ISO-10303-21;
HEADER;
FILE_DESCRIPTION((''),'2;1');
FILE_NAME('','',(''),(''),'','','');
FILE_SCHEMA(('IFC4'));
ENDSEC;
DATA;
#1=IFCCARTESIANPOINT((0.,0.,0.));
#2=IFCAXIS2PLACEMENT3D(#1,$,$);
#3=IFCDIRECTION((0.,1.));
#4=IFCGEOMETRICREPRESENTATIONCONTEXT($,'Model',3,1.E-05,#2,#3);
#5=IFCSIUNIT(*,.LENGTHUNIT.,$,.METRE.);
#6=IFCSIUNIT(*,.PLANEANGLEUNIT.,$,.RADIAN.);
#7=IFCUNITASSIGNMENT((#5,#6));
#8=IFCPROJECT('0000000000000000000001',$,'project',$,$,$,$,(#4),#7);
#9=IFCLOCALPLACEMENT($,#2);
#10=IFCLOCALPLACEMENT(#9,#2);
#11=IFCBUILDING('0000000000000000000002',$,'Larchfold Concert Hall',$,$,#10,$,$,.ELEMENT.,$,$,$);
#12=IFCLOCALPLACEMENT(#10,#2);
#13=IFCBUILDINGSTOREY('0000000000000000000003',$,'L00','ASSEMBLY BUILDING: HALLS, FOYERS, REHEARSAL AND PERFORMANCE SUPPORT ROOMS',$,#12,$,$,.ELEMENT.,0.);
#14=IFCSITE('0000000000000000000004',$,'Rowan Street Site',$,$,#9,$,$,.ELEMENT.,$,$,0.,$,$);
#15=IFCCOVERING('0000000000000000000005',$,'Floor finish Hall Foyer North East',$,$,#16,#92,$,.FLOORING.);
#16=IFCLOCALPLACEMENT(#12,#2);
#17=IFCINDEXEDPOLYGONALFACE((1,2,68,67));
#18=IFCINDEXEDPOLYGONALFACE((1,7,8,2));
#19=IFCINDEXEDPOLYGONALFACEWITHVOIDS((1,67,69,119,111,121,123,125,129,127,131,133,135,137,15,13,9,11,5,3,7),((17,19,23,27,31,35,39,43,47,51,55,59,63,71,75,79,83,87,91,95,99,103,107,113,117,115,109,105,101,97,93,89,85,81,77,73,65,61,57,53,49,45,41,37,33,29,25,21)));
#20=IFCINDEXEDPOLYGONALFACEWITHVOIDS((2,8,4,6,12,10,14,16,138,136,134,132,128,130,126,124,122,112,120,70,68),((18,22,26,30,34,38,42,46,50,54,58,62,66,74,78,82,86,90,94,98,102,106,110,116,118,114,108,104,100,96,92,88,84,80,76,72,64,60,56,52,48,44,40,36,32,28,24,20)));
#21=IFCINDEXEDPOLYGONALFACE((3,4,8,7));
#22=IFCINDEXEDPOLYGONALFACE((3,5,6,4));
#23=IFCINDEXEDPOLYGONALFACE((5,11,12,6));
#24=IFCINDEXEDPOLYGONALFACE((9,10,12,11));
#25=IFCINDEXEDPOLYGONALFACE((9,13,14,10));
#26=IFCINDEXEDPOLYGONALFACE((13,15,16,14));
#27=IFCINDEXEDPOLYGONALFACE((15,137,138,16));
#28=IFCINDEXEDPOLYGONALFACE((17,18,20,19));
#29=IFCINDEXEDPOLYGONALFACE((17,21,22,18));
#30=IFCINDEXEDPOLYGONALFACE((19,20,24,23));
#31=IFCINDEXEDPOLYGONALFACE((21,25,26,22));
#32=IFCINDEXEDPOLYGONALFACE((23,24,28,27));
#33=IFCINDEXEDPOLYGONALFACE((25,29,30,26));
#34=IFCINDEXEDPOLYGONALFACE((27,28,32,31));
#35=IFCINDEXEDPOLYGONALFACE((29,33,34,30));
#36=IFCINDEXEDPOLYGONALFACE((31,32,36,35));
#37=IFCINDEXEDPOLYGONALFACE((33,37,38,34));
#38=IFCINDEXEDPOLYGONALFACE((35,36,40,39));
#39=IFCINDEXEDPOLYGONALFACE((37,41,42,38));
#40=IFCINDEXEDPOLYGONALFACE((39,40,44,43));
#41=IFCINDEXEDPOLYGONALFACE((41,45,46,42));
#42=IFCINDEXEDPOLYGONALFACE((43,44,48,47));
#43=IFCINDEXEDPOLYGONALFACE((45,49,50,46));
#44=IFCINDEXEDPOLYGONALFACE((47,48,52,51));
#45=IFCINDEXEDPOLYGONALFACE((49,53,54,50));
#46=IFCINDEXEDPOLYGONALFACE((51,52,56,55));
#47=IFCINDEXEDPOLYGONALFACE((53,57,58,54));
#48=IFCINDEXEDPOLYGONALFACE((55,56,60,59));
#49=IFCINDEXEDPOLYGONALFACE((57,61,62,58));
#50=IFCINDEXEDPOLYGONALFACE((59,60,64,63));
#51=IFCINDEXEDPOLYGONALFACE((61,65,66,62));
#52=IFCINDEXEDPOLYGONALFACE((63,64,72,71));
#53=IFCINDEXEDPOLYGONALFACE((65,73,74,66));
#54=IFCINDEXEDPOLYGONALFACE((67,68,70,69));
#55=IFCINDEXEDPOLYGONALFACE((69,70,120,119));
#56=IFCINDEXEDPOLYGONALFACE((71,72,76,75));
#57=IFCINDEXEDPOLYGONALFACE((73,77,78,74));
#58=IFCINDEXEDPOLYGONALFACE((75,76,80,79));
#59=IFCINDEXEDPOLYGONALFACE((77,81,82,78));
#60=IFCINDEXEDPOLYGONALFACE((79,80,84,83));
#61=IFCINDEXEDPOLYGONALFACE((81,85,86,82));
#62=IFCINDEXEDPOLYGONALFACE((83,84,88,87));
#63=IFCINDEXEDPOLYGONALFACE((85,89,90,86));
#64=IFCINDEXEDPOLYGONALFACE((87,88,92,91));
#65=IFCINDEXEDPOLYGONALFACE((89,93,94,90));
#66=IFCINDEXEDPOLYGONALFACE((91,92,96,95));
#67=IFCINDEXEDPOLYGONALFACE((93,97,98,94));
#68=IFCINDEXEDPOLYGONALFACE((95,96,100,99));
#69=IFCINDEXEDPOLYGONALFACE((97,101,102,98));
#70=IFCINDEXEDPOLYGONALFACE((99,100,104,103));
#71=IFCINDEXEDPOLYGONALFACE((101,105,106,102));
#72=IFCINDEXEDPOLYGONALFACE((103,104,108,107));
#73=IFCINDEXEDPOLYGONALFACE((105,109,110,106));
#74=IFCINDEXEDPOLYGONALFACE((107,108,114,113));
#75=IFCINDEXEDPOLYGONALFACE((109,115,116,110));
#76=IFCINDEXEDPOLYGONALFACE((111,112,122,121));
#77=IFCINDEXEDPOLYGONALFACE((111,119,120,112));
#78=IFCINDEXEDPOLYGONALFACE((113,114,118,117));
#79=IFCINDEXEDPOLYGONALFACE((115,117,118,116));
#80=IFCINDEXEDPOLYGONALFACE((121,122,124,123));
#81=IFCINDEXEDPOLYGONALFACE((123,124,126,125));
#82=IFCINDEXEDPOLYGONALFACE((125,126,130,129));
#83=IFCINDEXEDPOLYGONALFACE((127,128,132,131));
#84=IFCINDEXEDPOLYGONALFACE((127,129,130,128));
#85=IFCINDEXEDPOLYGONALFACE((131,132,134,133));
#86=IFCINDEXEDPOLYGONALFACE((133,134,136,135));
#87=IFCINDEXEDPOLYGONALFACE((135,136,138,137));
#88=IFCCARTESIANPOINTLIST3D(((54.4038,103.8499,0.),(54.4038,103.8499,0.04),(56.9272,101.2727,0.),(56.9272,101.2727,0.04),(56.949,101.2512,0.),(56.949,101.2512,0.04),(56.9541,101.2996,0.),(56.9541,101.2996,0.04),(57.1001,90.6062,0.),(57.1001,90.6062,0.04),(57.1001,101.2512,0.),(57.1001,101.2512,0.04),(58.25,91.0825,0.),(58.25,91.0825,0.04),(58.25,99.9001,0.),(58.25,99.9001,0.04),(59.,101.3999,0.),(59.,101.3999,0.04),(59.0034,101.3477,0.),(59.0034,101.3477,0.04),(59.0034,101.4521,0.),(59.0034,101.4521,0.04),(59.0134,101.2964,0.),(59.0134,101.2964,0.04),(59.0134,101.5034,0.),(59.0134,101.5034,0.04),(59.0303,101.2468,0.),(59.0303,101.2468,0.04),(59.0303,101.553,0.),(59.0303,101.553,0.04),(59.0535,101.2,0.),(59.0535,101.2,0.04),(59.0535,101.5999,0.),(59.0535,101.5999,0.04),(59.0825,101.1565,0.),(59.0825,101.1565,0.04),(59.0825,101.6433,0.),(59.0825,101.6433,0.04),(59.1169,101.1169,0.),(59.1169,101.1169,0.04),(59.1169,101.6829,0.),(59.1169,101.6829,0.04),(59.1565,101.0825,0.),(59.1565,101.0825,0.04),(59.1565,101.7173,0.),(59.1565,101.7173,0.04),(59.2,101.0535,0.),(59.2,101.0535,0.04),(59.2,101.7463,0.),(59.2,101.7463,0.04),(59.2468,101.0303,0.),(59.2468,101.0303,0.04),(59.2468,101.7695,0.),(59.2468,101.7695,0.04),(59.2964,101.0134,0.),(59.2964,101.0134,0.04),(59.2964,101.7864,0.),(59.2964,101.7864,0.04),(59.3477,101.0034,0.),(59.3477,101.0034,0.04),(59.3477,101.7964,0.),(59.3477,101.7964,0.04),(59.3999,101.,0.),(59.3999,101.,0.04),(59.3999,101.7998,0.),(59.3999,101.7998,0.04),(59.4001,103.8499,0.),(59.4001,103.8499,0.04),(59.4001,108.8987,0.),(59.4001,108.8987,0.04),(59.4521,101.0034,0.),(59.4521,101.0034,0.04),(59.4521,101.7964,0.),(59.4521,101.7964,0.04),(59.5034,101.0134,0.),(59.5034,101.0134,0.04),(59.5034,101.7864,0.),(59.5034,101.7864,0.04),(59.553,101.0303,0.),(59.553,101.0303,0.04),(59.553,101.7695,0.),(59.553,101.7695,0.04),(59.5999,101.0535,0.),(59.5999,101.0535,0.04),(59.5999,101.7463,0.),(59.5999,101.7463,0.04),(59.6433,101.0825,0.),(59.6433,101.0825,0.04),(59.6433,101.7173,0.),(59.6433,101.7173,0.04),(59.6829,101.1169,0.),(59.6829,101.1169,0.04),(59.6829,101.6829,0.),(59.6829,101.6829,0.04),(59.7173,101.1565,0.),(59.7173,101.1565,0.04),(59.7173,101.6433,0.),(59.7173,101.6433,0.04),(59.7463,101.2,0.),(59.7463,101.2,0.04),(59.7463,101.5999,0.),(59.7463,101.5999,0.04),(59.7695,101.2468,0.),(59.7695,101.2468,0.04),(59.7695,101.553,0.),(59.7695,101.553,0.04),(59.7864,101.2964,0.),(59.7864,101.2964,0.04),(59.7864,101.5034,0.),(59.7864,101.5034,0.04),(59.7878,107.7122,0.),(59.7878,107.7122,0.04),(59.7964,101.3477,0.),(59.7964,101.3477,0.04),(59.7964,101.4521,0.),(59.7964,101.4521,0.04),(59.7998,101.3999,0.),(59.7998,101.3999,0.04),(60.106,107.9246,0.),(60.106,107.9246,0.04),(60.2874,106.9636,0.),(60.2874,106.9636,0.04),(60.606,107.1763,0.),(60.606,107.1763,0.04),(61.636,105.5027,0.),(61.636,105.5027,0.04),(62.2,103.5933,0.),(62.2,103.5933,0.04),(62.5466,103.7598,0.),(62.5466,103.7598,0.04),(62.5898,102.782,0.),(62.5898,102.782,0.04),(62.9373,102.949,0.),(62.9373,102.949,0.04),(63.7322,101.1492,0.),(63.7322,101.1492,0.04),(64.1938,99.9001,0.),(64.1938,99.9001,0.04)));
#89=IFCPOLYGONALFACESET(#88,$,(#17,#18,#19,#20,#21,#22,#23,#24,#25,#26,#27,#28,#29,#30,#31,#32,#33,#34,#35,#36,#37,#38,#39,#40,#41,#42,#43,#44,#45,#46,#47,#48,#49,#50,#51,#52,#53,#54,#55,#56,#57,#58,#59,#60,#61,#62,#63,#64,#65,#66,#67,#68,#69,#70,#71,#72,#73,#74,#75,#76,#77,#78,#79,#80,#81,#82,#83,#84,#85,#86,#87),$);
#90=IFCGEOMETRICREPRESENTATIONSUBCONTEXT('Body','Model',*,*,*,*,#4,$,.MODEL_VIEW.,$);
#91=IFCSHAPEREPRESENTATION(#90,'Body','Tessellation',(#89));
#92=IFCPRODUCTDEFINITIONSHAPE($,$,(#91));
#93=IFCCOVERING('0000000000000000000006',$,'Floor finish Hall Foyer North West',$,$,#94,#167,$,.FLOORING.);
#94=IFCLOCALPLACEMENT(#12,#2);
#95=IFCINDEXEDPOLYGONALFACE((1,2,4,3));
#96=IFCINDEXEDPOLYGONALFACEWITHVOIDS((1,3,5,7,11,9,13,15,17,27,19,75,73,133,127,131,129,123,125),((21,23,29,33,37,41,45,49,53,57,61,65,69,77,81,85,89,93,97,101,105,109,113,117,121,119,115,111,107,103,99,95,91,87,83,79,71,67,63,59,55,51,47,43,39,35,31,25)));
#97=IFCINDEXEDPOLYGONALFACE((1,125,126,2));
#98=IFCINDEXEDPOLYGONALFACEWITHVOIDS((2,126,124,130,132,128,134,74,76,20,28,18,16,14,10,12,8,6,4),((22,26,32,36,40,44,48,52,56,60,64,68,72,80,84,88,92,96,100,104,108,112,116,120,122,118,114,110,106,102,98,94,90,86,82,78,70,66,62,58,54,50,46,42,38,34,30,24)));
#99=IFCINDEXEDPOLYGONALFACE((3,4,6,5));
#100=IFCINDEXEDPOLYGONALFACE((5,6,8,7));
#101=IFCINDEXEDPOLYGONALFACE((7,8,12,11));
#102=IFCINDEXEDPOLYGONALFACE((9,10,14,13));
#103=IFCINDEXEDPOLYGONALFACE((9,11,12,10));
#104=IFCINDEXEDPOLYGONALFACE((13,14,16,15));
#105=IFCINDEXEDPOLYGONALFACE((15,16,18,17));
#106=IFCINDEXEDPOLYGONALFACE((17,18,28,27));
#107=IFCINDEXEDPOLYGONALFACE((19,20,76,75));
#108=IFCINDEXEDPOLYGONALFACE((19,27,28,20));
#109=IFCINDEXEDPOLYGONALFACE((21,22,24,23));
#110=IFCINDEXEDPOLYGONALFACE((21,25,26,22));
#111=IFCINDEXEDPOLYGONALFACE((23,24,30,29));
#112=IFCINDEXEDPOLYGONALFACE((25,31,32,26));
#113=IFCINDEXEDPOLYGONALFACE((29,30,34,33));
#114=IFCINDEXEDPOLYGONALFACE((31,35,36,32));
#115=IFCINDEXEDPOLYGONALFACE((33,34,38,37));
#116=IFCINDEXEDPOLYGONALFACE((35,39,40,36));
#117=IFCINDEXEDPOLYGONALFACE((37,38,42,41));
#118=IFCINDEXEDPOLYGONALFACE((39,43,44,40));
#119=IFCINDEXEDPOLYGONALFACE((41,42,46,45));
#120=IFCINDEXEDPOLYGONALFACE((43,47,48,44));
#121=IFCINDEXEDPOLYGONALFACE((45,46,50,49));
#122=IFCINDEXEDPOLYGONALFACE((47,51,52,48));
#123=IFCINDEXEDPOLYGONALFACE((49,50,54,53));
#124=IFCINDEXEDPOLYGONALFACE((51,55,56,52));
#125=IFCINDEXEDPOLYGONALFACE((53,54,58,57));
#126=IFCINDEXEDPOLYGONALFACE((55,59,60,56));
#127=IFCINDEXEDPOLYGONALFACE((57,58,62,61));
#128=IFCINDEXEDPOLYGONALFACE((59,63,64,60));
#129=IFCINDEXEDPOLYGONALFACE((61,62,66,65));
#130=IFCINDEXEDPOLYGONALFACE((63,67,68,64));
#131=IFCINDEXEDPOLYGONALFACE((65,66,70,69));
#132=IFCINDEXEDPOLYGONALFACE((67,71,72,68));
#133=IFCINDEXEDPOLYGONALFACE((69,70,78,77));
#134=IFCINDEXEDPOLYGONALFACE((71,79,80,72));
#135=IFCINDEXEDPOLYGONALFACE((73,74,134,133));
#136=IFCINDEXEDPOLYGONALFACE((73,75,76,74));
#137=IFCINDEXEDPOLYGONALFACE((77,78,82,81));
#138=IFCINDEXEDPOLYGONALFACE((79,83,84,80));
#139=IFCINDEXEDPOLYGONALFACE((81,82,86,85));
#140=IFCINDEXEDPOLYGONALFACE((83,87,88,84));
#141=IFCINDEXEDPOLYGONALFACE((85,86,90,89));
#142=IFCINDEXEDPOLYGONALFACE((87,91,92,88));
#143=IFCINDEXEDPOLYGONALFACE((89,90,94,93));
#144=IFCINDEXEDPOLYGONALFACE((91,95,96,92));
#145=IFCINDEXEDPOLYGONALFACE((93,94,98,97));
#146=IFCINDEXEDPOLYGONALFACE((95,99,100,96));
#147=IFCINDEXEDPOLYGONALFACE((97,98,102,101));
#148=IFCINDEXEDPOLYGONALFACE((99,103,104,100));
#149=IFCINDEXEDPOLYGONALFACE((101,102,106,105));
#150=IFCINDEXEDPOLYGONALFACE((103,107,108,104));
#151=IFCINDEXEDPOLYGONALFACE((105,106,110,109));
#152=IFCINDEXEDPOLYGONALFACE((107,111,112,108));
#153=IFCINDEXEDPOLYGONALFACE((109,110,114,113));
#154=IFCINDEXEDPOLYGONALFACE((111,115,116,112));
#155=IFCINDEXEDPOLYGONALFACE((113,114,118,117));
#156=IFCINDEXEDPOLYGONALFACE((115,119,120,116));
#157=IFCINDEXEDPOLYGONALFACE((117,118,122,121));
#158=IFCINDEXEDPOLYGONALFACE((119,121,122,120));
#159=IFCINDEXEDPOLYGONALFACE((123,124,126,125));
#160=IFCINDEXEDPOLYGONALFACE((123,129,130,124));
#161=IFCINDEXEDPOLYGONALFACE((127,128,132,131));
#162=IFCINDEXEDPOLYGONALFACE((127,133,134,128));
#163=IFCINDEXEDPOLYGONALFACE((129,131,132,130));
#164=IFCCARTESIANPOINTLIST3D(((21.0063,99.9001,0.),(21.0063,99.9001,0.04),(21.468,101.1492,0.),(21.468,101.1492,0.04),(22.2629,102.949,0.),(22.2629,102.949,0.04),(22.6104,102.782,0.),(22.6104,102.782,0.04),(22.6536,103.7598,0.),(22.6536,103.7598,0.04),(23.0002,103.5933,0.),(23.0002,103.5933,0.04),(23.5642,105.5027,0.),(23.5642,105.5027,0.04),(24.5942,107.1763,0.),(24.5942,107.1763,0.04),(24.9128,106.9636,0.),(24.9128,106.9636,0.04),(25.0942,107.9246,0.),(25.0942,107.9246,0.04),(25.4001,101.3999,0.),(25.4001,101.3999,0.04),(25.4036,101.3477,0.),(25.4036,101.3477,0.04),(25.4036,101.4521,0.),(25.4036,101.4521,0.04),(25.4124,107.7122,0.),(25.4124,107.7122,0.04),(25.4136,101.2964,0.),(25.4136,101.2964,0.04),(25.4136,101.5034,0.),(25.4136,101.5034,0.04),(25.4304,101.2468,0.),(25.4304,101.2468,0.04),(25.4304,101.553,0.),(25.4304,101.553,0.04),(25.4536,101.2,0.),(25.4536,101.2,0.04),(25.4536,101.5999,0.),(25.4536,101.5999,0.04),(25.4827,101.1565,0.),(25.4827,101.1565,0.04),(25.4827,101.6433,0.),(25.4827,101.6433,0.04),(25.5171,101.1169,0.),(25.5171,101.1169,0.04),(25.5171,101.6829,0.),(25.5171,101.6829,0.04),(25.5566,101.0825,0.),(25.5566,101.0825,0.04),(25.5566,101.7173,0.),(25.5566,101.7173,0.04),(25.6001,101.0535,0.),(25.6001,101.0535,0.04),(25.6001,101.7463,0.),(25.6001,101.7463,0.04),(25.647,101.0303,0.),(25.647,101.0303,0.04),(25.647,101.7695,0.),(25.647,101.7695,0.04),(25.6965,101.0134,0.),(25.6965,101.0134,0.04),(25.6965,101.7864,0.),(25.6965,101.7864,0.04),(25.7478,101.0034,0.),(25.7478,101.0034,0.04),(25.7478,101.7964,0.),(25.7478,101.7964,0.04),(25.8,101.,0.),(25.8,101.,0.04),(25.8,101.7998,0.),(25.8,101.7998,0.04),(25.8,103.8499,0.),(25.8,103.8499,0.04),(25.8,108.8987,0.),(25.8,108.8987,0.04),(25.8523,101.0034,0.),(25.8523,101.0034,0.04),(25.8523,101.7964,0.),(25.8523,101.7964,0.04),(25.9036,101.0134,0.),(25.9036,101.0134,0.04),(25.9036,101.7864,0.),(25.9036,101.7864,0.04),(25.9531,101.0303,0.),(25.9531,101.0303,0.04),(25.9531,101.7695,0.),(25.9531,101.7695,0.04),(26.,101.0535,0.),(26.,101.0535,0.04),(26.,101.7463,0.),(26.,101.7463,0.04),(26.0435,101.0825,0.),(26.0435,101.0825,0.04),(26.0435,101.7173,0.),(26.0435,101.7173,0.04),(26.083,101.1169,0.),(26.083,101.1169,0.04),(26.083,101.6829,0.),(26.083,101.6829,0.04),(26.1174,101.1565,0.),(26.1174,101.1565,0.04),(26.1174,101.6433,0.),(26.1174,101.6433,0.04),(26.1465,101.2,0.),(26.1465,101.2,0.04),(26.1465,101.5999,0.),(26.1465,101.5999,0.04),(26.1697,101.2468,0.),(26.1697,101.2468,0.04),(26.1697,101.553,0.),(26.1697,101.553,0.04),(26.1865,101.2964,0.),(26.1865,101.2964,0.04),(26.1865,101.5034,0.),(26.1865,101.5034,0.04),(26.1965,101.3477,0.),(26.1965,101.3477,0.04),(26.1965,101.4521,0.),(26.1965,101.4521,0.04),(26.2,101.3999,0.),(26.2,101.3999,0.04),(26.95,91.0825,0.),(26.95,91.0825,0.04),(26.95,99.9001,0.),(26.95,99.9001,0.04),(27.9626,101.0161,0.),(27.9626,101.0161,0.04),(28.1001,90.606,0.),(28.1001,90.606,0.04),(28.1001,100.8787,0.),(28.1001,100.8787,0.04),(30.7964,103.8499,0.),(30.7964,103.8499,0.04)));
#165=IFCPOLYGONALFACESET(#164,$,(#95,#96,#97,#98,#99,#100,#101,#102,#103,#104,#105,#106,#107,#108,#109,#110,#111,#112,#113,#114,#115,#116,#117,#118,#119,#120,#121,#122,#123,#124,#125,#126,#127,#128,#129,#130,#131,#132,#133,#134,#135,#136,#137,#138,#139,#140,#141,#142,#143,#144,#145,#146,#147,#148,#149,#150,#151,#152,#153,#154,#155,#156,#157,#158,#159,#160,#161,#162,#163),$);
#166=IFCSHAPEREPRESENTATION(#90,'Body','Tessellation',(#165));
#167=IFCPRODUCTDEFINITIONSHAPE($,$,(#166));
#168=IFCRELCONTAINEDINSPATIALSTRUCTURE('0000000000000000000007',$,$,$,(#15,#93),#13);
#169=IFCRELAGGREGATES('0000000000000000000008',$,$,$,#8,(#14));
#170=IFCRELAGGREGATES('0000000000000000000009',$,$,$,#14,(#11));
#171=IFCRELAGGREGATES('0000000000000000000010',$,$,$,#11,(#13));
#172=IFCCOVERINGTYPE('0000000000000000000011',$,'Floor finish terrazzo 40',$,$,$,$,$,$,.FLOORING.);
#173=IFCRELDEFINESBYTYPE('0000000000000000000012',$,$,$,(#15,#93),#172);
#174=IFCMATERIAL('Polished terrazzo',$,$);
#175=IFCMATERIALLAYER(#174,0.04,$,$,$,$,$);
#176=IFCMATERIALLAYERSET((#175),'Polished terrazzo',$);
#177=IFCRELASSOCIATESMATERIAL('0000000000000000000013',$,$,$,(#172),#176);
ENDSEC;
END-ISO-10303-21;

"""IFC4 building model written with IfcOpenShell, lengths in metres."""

from ifc_helpers import new_model, si_unit, direction, origin, place, context, subcontext, project, spatial, polyline, outline, extrude, material, layer, layer_set, type_object, element, save


model = new_model("IFC4")

# Units and contexts
model_context = context("Model", 3, precision=1e-05, world=origin(), true_north=direction((0.0, 1.0)))
body_context = subcontext(model_context, "Body", "Model", "MODEL_VIEW")
ifc_project = project(units=[si_unit("LENGTHUNIT", "METRE"), si_unit("PLANEANGLEUNIT", "RADIAN")], contexts=[model_context])

# Site, building, storey
site_placement = place(None, origin())
site = spatial("IfcSite", under=ifc_project, at=site_placement, Name="Rowan Street Site", CompositionType="ELEMENT", RefElevation=0.0)
building_placement = place(site_placement, origin())
building = spatial("IfcBuilding", under=site, at=building_placement, Name="Larchfold Concert Hall", CompositionType="ELEMENT")
storey_placement = place(building_placement, origin())
storey = spatial("IfcBuildingStorey", under=building, at=storey_placement, Name="L00", Description="ASSEMBLY BUILDING: HALLS, FOYERS, REHEARSAL AND PERFORMANCE SUPPORT ROOMS", CompositionType="ELEMENT", Elevation=0.0)

# Coverings
ifc_material_1 = material(Name="Polished terrazzo")
ifc_layer_1 = layer(ifc_material_1, 0.04)
ifc_layer_set_1 = layer_set([ifc_layer_1], Name="Polished terrazzo")
covering_type_1 = type_object("IfcCoveringType", Name="Floor finish terrazzo 40", PredefinedType="FLOORING", material=ifc_layer_set_1)
covering_1_placement = place(storey_placement, origin())
element("IfcCovering", 1, at=covering_1_placement, inside=storey, type_object=covering_type_1, Name="Floor finish Hall Foyer North East", PredefinedType="FLOORING", context=body_context, shape_type="SweptSolid", body=[
    extrude(outline(polyline([(57.1001, 101.2512), (57.1001, 90.6062), (58.25, 91.0825), (58.25, 99.9001), (64.1938, 99.9001), (63.7322, 101.1492), (62.9373, 102.949), (62.5898, 102.782), (62.2, 103.5933), (62.5466, 103.7598), (61.636, 105.5027), (60.606, 107.1763), (60.2874, 106.9636), (59.7878, 107.7122), (60.106, 107.9246), (59.4001, 108.8987), (59.4001, 103.8499), (54.4038, 103.8499), (56.9541, 101.2996), (56.9272, 101.2727), (56.949, 101.2512), (57.1001, 101.2512)]), holes=[polyline([(59.2, 101.0535), (59.1565, 101.0825), (59.1169, 101.1169), (59.0825, 101.1565), (59.0535, 101.2), (59.0303, 101.2468), (59.0134, 101.2964), (59.0034, 101.3477), (59.0, 101.3999), (59.0034, 101.4521), (59.0134, 101.5034), (59.0303, 101.553), (59.0535, 101.5999), (59.0825, 101.6433), (59.1169, 101.6829), (59.1565, 101.7173), (59.2, 101.7463), (59.2468, 101.7695), (59.2964, 101.7864), (59.3477, 101.7964), (59.3999, 101.7998), (59.4521, 101.7964), (59.5034, 101.7864), (59.553, 101.7695), (59.5999, 101.7463), (59.6433, 101.7173), (59.6829, 101.6829), (59.7173, 101.6433), (59.7463, 101.5999), (59.7695, 101.553), (59.7864, 101.5034), (59.7964, 101.4521), (59.7998, 101.3999), (59.7964, 101.3477), (59.7864, 101.2964), (59.7695, 101.2468), (59.7463, 101.2), (59.7173, 101.1565), (59.6829, 101.1169), (59.6433, 101.0825), (59.5999, 101.0535), (59.553, 101.0303), (59.5034, 101.0134), (59.4521, 101.0034), (59.3999, 101.0), (59.3477, 101.0034), (59.2964, 101.0134), (59.2468, 101.0303), (59.2, 101.0535)])]), origin(), (0.0, 0.0, 1.0), 0.04),
])
covering_2_placement = place(storey_placement, origin())
element("IfcCovering", 2, at=covering_2_placement, inside=storey, type_object=covering_type_1, Name="Floor finish Hall Foyer North West", PredefinedType="FLOORING", context=body_context, shape_type="SweptSolid", body=[
    extrude(outline(polyline([(26.95, 99.9001), (26.95, 91.0825), (28.1001, 90.606), (28.1001, 100.8787), (27.9626, 101.0161), (30.7964, 103.8499), (25.8, 103.8499), (25.8, 108.8987), (25.0942, 107.9246), (25.4124, 107.7122), (24.9128, 106.9636), (24.5942, 107.1763), (23.5642, 105.5027), (22.6536, 103.7598), (23.0002, 103.5933), (22.6104, 102.782), (22.2629, 102.949), (21.468, 101.1492), (21.0063, 99.9001), (26.95, 99.9001)]), holes=[polyline([(25.6001, 101.0535), (25.5566, 101.0825), (25.5171, 101.1169), (25.4827, 101.1565), (25.4536, 101.2), (25.4304, 101.2468), (25.4136, 101.2964), (25.4036, 101.3477), (25.4001, 101.3999), (25.4036, 101.4521), (25.4136, 101.5034), (25.4304, 101.553), (25.4536, 101.5999), (25.4827, 101.6433), (25.5171, 101.6829), (25.5566, 101.7173), (25.6001, 101.7463), (25.647, 101.7695), (25.6965, 101.7864), (25.7478, 101.7964), (25.8, 101.7998), (25.8523, 101.7964), (25.9036, 101.7864), (25.9531, 101.7695), (26.0, 101.7463), (26.0435, 101.7173), (26.083, 101.6829), (26.1174, 101.6433), (26.1465, 101.5999), (26.1697, 101.553), (26.1865, 101.5034), (26.1965, 101.4521), (26.2, 101.3999), (26.1965, 101.3477), (26.1865, 101.2964), (26.1697, 101.2468), (26.1465, 101.2), (26.1174, 101.1565), (26.083, 101.1169), (26.0435, 101.0825), (26.0, 101.0535), (25.9531, 101.0303), (25.9036, 101.0134), (25.8523, 101.0034), (25.8, 101.0), (25.7478, 101.0034), (25.6965, 101.0134), (25.647, 101.0303), (25.6001, 101.0535)])]), origin(), (0.0, 0.0, 1.0), 0.04),
])

save(model, "model.ifc")
